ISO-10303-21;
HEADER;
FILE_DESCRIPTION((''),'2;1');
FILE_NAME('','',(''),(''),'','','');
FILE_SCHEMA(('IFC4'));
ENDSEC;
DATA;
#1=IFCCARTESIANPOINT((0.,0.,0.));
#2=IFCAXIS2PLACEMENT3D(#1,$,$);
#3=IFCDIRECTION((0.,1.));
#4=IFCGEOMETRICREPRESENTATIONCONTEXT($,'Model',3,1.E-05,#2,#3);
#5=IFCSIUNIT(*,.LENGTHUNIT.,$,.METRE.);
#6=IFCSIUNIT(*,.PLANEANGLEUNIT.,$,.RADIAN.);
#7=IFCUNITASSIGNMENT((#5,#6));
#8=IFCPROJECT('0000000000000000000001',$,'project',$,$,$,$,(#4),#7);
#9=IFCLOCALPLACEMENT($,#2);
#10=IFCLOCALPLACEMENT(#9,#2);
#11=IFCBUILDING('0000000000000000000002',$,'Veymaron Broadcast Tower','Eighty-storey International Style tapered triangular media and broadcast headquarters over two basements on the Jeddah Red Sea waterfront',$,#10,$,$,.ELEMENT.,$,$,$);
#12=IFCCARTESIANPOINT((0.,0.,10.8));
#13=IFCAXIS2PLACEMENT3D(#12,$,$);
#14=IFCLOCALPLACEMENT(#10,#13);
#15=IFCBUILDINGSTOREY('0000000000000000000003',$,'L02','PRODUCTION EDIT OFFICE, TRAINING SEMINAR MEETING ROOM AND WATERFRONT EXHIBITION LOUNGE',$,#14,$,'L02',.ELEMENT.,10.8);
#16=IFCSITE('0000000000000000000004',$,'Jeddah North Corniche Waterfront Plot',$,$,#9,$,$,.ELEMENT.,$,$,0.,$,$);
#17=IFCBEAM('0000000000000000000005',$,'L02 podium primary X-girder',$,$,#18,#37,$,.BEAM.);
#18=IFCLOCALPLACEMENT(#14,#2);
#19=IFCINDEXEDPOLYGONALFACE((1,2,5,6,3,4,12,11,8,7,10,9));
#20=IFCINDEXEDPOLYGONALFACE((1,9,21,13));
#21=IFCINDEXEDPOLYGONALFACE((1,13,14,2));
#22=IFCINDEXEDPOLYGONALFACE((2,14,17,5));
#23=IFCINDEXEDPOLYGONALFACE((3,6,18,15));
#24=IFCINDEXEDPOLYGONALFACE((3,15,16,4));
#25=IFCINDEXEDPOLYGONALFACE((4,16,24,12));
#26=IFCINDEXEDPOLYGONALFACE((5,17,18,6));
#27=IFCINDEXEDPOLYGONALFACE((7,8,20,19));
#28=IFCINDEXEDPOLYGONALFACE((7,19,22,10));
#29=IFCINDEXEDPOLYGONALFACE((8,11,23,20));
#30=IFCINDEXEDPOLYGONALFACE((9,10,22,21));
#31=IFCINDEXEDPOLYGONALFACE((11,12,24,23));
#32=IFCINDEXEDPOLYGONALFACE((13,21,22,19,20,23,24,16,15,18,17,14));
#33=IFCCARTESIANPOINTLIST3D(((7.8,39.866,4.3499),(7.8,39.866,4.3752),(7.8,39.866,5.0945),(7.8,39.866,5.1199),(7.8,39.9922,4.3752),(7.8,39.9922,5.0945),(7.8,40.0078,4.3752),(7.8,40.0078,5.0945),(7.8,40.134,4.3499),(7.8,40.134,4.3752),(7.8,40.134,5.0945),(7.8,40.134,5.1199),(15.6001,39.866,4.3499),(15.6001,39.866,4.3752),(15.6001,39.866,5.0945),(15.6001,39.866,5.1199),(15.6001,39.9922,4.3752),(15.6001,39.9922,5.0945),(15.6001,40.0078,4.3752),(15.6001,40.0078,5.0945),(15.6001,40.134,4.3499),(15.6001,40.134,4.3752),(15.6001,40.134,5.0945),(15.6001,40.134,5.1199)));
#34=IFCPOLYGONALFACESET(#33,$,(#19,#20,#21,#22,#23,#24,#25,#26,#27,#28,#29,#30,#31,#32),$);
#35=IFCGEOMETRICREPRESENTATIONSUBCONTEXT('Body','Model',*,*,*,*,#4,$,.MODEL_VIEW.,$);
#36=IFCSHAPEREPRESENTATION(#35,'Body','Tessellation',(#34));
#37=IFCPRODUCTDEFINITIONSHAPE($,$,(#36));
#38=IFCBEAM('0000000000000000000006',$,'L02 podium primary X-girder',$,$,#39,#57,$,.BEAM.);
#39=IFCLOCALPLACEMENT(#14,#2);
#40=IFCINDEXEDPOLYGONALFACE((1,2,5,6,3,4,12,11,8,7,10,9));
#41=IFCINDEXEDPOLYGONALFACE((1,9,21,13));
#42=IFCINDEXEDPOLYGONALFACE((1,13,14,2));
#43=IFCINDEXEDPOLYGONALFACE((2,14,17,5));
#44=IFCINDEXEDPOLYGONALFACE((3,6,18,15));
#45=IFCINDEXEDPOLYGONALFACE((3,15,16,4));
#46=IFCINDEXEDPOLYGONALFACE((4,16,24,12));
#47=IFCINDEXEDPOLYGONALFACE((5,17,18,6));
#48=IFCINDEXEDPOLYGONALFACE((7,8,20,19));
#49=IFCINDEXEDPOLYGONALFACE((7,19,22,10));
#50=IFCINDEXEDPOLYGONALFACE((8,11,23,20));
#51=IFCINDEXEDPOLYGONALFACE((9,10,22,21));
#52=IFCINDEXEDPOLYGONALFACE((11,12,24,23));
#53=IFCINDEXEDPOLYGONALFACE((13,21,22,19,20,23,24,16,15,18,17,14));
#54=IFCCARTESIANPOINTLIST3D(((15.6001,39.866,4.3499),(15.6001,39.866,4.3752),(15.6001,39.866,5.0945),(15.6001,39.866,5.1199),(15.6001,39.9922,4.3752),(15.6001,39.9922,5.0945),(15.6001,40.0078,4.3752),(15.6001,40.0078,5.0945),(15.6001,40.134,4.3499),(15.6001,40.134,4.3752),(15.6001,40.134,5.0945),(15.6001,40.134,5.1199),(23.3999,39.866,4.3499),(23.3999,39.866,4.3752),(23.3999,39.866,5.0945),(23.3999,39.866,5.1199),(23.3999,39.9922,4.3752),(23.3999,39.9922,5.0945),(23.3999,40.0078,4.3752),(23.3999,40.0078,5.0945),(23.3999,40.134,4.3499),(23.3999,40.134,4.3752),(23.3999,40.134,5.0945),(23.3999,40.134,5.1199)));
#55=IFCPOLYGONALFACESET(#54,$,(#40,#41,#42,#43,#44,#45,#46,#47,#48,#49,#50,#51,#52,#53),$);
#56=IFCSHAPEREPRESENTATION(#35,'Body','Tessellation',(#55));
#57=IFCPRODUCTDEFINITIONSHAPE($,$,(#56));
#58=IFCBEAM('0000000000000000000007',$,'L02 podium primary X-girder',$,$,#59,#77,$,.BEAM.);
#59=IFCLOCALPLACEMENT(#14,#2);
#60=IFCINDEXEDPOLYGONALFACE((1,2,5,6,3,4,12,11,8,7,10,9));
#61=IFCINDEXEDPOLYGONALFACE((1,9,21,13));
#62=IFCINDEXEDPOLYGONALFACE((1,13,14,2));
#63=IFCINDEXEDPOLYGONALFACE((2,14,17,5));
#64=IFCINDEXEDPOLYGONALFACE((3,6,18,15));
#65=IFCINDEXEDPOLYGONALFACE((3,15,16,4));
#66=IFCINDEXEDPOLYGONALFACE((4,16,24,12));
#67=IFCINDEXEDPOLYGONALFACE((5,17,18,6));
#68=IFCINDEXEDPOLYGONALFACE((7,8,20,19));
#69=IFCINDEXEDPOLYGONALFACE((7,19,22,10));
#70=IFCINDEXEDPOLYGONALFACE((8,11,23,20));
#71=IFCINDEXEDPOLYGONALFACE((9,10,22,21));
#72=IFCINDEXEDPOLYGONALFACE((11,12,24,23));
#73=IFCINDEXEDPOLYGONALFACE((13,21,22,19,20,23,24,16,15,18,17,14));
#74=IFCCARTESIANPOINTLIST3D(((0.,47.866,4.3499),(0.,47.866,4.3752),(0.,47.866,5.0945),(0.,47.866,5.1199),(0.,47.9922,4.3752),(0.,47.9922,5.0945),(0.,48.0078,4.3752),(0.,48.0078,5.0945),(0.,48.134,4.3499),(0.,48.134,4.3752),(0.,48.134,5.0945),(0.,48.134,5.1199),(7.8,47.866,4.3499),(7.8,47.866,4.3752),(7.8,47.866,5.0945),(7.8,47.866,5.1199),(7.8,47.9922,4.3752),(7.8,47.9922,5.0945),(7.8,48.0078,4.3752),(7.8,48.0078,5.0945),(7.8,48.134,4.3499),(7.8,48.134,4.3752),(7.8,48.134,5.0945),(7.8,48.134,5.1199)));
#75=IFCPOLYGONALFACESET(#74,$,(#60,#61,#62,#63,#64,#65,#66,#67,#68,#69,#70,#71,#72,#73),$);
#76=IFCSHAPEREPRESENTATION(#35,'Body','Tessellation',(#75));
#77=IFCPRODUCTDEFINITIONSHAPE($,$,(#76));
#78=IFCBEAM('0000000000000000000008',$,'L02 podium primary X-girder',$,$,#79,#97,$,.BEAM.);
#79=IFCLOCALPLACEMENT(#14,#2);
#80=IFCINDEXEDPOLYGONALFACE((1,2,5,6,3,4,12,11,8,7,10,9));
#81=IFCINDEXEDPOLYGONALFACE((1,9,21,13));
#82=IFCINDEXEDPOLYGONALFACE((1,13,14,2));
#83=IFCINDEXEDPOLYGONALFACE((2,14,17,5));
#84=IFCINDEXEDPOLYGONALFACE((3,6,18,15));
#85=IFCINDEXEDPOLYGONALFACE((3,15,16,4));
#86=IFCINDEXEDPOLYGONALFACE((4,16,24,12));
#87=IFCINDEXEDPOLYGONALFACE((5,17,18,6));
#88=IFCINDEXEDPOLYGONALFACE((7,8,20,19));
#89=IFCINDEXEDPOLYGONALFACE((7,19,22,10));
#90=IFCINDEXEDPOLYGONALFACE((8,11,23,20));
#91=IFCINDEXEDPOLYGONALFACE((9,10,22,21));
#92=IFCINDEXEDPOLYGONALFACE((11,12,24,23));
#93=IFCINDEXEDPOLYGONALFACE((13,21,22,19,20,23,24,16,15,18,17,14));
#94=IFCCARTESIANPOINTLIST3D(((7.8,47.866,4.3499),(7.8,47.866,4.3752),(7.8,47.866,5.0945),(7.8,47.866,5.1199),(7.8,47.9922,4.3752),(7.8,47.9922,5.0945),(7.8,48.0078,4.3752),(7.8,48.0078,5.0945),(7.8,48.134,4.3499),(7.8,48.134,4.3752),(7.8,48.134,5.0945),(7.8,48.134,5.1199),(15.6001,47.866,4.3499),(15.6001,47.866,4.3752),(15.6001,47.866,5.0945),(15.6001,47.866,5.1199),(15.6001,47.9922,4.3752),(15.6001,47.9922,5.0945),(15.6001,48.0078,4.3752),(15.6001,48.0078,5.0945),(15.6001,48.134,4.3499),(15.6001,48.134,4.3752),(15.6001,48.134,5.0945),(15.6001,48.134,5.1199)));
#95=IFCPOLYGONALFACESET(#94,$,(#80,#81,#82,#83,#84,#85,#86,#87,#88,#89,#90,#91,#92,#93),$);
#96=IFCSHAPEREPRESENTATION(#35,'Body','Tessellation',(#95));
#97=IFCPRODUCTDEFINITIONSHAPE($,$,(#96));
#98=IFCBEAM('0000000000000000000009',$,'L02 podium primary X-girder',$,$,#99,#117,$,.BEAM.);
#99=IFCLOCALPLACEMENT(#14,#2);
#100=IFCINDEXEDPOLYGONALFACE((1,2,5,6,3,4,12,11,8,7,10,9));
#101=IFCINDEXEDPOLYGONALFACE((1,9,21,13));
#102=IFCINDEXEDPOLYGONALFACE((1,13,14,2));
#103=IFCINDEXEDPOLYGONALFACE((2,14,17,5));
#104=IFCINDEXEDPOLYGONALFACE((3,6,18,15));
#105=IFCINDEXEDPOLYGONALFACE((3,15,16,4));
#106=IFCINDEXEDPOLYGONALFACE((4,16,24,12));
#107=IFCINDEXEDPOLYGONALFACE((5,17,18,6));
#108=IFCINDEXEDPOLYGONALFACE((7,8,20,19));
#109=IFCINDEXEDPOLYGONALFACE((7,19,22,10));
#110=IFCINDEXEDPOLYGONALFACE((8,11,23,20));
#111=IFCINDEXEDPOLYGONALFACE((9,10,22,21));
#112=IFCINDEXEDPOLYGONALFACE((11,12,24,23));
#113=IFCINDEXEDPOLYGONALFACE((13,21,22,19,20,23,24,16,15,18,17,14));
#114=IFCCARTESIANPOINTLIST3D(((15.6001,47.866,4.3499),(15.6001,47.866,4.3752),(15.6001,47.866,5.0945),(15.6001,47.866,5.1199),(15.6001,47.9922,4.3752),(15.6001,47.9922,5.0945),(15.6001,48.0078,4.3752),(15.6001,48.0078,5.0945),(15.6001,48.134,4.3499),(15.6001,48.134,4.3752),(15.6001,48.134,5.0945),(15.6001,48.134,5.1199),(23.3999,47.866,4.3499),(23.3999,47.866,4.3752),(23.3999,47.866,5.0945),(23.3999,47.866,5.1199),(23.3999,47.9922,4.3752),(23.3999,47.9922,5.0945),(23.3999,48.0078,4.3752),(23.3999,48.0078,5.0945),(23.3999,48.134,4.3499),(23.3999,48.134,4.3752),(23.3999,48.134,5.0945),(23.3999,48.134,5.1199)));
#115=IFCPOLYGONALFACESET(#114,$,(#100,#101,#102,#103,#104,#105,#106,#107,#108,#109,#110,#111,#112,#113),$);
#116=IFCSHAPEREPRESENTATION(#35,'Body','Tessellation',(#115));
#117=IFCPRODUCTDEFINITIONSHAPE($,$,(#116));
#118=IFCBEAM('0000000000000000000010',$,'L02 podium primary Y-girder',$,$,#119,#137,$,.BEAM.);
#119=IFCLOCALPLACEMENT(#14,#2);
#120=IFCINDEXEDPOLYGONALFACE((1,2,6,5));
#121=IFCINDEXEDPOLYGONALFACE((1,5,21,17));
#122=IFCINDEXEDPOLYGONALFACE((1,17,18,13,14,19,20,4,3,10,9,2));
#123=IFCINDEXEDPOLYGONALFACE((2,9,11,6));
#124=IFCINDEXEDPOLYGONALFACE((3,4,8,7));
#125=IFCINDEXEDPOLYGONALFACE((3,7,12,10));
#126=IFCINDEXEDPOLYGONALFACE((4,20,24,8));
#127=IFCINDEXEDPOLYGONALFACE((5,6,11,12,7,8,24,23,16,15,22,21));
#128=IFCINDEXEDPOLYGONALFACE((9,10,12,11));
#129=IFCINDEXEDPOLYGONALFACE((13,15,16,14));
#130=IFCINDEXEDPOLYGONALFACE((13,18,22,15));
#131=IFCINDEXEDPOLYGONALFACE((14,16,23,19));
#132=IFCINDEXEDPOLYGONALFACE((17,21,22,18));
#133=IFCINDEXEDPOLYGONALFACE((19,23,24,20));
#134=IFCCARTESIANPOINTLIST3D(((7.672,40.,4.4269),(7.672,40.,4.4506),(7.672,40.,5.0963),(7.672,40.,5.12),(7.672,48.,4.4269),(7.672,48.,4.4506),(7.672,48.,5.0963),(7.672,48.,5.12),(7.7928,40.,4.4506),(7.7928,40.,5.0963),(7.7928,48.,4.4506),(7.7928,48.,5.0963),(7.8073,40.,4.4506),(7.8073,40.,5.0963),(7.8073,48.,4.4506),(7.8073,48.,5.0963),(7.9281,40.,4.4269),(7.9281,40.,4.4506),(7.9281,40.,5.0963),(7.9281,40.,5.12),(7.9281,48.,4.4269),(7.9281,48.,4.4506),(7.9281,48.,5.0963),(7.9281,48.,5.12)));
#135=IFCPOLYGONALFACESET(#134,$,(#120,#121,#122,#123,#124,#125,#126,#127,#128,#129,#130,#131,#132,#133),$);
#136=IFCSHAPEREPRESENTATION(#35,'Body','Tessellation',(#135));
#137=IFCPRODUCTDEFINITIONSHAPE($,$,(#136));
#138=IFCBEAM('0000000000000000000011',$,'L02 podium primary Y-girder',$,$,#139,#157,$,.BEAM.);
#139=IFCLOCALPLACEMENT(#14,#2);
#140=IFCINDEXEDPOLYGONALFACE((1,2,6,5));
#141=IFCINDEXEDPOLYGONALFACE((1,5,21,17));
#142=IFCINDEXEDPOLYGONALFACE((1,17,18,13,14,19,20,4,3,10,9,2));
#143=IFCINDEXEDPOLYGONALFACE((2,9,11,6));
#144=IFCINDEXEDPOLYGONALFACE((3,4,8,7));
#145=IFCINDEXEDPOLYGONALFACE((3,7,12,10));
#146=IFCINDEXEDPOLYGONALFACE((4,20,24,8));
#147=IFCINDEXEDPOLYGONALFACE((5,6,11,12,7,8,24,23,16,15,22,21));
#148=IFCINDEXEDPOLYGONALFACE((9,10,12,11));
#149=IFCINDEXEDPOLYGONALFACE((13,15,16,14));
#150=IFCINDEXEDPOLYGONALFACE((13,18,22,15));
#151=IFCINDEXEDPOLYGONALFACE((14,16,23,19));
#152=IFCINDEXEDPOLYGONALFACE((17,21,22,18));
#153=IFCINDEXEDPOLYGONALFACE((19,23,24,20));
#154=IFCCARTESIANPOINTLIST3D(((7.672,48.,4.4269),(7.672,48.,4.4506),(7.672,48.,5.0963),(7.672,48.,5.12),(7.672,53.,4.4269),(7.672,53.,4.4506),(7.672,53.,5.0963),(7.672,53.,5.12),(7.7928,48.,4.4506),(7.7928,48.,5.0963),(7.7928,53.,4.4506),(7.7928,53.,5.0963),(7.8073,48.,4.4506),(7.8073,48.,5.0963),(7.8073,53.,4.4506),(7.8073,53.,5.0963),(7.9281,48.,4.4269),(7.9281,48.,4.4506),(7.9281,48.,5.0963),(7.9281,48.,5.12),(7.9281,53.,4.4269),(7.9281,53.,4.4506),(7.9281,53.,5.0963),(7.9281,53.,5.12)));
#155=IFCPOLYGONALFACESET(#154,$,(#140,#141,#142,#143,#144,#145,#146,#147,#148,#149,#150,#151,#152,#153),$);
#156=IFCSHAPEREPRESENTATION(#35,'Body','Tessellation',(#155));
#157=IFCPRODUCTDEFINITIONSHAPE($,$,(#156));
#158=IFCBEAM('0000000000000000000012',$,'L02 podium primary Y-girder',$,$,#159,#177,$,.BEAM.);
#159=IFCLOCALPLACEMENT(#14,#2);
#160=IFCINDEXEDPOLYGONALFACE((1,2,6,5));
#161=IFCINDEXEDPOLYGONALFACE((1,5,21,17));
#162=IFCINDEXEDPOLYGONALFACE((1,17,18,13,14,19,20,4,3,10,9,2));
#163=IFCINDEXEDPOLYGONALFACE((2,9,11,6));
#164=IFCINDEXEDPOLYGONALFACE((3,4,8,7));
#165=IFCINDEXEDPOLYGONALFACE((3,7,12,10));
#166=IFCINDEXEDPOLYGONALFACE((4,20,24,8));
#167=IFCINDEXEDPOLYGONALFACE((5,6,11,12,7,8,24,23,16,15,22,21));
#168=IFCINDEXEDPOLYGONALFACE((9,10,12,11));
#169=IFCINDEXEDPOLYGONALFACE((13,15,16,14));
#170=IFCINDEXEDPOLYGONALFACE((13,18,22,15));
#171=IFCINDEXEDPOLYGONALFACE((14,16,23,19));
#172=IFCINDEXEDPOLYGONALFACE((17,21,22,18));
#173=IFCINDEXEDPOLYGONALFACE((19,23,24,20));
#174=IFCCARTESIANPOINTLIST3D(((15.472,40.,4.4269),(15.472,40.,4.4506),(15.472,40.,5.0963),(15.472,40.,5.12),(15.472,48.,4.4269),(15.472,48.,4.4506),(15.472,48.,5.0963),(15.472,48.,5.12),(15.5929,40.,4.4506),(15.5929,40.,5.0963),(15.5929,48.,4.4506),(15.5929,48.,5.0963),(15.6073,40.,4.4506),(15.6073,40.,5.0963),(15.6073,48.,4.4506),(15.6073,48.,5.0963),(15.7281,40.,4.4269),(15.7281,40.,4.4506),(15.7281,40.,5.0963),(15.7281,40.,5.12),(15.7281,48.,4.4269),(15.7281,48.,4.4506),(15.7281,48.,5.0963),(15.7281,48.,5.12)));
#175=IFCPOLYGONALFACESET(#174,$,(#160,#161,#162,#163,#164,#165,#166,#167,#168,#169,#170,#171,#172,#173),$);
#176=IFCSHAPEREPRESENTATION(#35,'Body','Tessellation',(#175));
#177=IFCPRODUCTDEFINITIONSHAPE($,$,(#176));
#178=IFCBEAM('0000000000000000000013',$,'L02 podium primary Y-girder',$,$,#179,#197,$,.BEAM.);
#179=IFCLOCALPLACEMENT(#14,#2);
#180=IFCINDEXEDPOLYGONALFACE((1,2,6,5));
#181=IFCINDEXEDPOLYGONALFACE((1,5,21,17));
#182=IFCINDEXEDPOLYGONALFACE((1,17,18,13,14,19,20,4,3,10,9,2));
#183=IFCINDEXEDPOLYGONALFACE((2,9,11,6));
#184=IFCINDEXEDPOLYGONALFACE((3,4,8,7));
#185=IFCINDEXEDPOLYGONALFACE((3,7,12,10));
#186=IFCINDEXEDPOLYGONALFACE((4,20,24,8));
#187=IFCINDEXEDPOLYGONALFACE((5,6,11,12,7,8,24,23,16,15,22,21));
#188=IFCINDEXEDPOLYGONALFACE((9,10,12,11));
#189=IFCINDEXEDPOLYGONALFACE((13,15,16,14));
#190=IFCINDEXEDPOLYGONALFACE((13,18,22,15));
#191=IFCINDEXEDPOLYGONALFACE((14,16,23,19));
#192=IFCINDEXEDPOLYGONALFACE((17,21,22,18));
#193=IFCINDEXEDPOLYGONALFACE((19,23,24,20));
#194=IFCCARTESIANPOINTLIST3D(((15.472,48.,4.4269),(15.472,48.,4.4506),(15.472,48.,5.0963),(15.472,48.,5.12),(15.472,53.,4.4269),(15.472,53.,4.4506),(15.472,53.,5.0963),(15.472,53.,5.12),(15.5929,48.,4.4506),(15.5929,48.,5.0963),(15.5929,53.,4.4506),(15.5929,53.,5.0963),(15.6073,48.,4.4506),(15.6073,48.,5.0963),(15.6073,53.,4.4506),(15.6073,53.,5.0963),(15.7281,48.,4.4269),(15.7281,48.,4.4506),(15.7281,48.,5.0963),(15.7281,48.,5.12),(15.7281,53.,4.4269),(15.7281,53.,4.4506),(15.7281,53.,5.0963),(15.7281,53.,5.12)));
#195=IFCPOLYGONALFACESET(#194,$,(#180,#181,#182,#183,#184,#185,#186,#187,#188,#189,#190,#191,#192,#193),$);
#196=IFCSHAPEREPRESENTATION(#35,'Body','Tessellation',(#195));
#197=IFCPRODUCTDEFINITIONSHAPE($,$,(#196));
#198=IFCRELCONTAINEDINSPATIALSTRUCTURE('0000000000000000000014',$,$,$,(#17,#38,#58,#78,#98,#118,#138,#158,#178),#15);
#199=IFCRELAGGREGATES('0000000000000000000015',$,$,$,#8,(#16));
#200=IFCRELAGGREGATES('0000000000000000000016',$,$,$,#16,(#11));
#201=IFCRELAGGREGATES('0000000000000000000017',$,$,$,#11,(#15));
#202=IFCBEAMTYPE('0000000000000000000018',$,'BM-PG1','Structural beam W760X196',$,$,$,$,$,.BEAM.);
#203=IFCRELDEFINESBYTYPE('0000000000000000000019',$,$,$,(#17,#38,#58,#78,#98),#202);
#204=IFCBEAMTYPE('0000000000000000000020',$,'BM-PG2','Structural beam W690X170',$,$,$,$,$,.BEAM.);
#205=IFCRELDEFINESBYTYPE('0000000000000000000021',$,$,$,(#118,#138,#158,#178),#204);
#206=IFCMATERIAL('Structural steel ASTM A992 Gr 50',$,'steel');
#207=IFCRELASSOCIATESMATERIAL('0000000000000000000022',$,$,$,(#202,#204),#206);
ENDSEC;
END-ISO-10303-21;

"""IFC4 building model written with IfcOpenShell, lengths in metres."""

from ifc_helpers import new_model, si_unit, direction, frame, origin, origin_2d, place, context, subcontext, project, spatial, i_section, extrude, material, material_profile, profile_set, type_object, element, save


model = new_model("IFC4")

# Units and contexts
model_context = context("Model", 3, precision=1e-05, world=origin(), true_north=direction((0.0, 1.0)))
body_context = subcontext(model_context, "Body", "Model", "MODEL_VIEW")
ifc_project = project(units=[si_unit("LENGTHUNIT", "METRE"), si_unit("PLANEANGLEUNIT", "RADIAN")], contexts=[model_context])

# Site, building, storey
site_placement = place(None, origin())
site = spatial("IfcSite", under=ifc_project, at=site_placement, Name="Jeddah North Corniche Waterfront Plot", CompositionType="ELEMENT", RefElevation=0.0)
building_placement = place(site_placement, origin())
building = spatial("IfcBuilding", under=site, at=building_placement, Name="Veymaron Broadcast Tower", Description="Eighty-storey International Style tapered triangular media and broadcast headquarters over two basements on the Jeddah Red Sea waterfront", CompositionType="ELEMENT")
storey_placement = place(building_placement, frame((0.0, 0.0, 10.8)))
storey = spatial("IfcBuildingStorey", under=building, at=storey_placement, Name="L02", Description="PRODUCTION EDIT OFFICE, TRAINING SEMINAR MEETING ROOM AND WATERFRONT EXHIBITION LOUNGE", LongName="L02", CompositionType="ELEMENT", Elevation=10.8)

# Beams
ifc_material_1 = material(Name="Structural steel ASTM A992 Gr 50", Category="steel")
ifc_material_profile_1 = material_profile(ifc_material_1, i_section(OverallWidth=0.2681, OverallDepth=0.77, WebThickness=0.0156, FlangeThickness=0.0254, at=origin_2d()), Name="W760X196")
ifc_profile_set_1 = profile_set([ifc_material_profile_1], Name="Structural steel ASTM A992 Gr 50")
beam_type_1 = type_object("IfcBeamType", Name="BM-PG1", Description="Structural beam W760X196", PredefinedType="BEAM", material=ifc_profile_set_1)
beam_1_placement = place(storey_placement, frame((7.8, 40.0, 4.7349), z_axis=(1.0, 0.0, 0.0), x_axis=(0.0, 1.0, 0.0)))
element("IfcBeam", 1, at=beam_1_placement, inside=storey, type_object=beam_type_1, Name="L02 podium primary X-girder", PredefinedType="BEAM", context=body_context, shape_type="SweptSolid", body=[
    extrude(i_section(OverallWidth=0.2681, OverallDepth=0.77, WebThickness=0.0156, FlangeThickness=0.0254, at=origin_2d()), origin(), (0.0, 0.0, 1.0), 7.8),
])
beam_2_placement = place(storey_placement, frame((15.6001, 40.0, 4.7349), z_axis=(1.0, 0.0, 0.0), x_axis=(0.0, 1.0, 0.0)))
element("IfcBeam", 2, at=beam_2_placement, inside=storey, type_object=beam_type_1, Name="L02 podium primary X-girder", PredefinedType="BEAM", context=body_context, shape_type="SweptSolid", body=[
    extrude(i_section(OverallWidth=0.2681, OverallDepth=0.77, WebThickness=0.0156, FlangeThickness=0.0254, at=origin_2d()), origin(), (0.0, 0.0, 1.0), 7.7998),
])
for number, where, z_axis, x_axis, name in (
    (3, (0.0, 48.0, 4.7349), (1.0, 0.0, 0.0), (0.0, 1.0, 0.0), "L02 podium primary X-girder"),
    (4, (7.8, 48.0, 4.7349), (1.0, 0.0, 0.0), (0.0, 1.0, 0.0), "L02 podium primary X-girder"),
):
    element("IfcBeam", number, at=place(storey_placement, frame(where, z_axis=z_axis, x_axis=x_axis)), inside=storey, type_object=beam_type_1, Name=name, PredefinedType="BEAM", context=body_context, shape_type="SweptSolid", body=[
        extrude(i_section(OverallWidth=0.2681, OverallDepth=0.77, WebThickness=0.0156, FlangeThickness=0.0254, at=origin_2d()), origin(), (0.0, 0.0, 1.0), 7.8),
    ])
beam_3_placement = place(storey_placement, frame((15.6001, 48.0, 4.7349), z_axis=(1.0, 0.0, 0.0), x_axis=(0.0, 1.0, 0.0)))
element("IfcBeam", 5, at=beam_3_placement, inside=storey, type_object=beam_type_1, Name="L02 podium primary X-girder", PredefinedType="BEAM", context=body_context, shape_type="SweptSolid", body=[
    extrude(i_section(OverallWidth=0.2681, OverallDepth=0.77, WebThickness=0.0156, FlangeThickness=0.0254, at=origin_2d()), origin(), (0.0, 0.0, 1.0), 7.7998),
])
ifc_material_profile_2 = material_profile(ifc_material_1, i_section(OverallWidth=0.2561, OverallDepth=0.6931, WebThickness=0.0144, FlangeThickness=0.0237, at=origin_2d()), Name="W690X170")
ifc_profile_set_2 = profile_set([ifc_material_profile_2], Name="Structural steel ASTM A992 Gr 50")
beam_type_2 = type_object("IfcBeamType", Name="BM-PG2", Description="Structural beam W690X170", PredefinedType="BEAM", material=ifc_profile_set_2)
beam_4_placement = place(storey_placement, frame((7.8, 40.0, 4.7734), z_axis=(0.0, 1.0, 0.0), x_axis=(-1.0, 0.0, 0.0)))
element("IfcBeam", 6, at=beam_4_placement, inside=storey, type_object=beam_type_2, Name="L02 podium primary Y-girder", PredefinedType="BEAM", context=body_context, shape_type="SweptSolid", body=[
    extrude(i_section(OverallWidth=0.2561, OverallDepth=0.6931, WebThickness=0.0144, FlangeThickness=0.0237, at=origin_2d()), origin(), (0.0, 0.0, 1.0), 8.0),
])
beam_5_placement = place(storey_placement, frame((7.8, 48.0, 4.7734), z_axis=(0.0, 1.0, 0.0), x_axis=(-1.0, 0.0, 0.0)))
element("IfcBeam", 7, at=beam_5_placement, inside=storey, type_object=beam_type_2, Name="L02 podium primary Y-girder", PredefinedType="BEAM", context=body_context, shape_type="SweptSolid", body=[
    extrude(i_section(OverallWidth=0.2561, OverallDepth=0.6931, WebThickness=0.0144, FlangeThickness=0.0237, at=origin_2d()), origin(), (0.0, 0.0, 1.0), 5.0),
])
beam_6_placement = place(storey_placement, frame((15.6001, 40.0, 4.7734), z_axis=(0.0, 1.0, 0.0), x_axis=(-1.0, 0.0, 0.0)))
element("IfcBeam", 8, at=beam_6_placement, inside=storey, type_object=beam_type_2, Name="L02 podium primary Y-girder", PredefinedType="BEAM", context=body_context, shape_type="SweptSolid", body=[
    extrude(i_section(OverallWidth=0.2561, OverallDepth=0.6931, WebThickness=0.0144, FlangeThickness=0.0237, at=origin_2d()), origin(), (0.0, 0.0, 1.0), 8.0),
])
beam_7_placement = place(storey_placement, frame((15.6001, 48.0, 4.7734), z_axis=(0.0, 1.0, 0.0), x_axis=(-1.0, 0.0, 0.0)))
element("IfcBeam", 9, at=beam_7_placement, inside=storey, type_object=beam_type_2, Name="L02 podium primary Y-girder", PredefinedType="BEAM", context=body_context, shape_type="SweptSolid", body=[
    extrude(i_section(OverallWidth=0.2561, OverallDepth=0.6931, WebThickness=0.0144, FlangeThickness=0.0237, at=origin_2d()), origin(), (0.0, 0.0, 1.0), 5.0),
])

save(model, "model.ifc")
